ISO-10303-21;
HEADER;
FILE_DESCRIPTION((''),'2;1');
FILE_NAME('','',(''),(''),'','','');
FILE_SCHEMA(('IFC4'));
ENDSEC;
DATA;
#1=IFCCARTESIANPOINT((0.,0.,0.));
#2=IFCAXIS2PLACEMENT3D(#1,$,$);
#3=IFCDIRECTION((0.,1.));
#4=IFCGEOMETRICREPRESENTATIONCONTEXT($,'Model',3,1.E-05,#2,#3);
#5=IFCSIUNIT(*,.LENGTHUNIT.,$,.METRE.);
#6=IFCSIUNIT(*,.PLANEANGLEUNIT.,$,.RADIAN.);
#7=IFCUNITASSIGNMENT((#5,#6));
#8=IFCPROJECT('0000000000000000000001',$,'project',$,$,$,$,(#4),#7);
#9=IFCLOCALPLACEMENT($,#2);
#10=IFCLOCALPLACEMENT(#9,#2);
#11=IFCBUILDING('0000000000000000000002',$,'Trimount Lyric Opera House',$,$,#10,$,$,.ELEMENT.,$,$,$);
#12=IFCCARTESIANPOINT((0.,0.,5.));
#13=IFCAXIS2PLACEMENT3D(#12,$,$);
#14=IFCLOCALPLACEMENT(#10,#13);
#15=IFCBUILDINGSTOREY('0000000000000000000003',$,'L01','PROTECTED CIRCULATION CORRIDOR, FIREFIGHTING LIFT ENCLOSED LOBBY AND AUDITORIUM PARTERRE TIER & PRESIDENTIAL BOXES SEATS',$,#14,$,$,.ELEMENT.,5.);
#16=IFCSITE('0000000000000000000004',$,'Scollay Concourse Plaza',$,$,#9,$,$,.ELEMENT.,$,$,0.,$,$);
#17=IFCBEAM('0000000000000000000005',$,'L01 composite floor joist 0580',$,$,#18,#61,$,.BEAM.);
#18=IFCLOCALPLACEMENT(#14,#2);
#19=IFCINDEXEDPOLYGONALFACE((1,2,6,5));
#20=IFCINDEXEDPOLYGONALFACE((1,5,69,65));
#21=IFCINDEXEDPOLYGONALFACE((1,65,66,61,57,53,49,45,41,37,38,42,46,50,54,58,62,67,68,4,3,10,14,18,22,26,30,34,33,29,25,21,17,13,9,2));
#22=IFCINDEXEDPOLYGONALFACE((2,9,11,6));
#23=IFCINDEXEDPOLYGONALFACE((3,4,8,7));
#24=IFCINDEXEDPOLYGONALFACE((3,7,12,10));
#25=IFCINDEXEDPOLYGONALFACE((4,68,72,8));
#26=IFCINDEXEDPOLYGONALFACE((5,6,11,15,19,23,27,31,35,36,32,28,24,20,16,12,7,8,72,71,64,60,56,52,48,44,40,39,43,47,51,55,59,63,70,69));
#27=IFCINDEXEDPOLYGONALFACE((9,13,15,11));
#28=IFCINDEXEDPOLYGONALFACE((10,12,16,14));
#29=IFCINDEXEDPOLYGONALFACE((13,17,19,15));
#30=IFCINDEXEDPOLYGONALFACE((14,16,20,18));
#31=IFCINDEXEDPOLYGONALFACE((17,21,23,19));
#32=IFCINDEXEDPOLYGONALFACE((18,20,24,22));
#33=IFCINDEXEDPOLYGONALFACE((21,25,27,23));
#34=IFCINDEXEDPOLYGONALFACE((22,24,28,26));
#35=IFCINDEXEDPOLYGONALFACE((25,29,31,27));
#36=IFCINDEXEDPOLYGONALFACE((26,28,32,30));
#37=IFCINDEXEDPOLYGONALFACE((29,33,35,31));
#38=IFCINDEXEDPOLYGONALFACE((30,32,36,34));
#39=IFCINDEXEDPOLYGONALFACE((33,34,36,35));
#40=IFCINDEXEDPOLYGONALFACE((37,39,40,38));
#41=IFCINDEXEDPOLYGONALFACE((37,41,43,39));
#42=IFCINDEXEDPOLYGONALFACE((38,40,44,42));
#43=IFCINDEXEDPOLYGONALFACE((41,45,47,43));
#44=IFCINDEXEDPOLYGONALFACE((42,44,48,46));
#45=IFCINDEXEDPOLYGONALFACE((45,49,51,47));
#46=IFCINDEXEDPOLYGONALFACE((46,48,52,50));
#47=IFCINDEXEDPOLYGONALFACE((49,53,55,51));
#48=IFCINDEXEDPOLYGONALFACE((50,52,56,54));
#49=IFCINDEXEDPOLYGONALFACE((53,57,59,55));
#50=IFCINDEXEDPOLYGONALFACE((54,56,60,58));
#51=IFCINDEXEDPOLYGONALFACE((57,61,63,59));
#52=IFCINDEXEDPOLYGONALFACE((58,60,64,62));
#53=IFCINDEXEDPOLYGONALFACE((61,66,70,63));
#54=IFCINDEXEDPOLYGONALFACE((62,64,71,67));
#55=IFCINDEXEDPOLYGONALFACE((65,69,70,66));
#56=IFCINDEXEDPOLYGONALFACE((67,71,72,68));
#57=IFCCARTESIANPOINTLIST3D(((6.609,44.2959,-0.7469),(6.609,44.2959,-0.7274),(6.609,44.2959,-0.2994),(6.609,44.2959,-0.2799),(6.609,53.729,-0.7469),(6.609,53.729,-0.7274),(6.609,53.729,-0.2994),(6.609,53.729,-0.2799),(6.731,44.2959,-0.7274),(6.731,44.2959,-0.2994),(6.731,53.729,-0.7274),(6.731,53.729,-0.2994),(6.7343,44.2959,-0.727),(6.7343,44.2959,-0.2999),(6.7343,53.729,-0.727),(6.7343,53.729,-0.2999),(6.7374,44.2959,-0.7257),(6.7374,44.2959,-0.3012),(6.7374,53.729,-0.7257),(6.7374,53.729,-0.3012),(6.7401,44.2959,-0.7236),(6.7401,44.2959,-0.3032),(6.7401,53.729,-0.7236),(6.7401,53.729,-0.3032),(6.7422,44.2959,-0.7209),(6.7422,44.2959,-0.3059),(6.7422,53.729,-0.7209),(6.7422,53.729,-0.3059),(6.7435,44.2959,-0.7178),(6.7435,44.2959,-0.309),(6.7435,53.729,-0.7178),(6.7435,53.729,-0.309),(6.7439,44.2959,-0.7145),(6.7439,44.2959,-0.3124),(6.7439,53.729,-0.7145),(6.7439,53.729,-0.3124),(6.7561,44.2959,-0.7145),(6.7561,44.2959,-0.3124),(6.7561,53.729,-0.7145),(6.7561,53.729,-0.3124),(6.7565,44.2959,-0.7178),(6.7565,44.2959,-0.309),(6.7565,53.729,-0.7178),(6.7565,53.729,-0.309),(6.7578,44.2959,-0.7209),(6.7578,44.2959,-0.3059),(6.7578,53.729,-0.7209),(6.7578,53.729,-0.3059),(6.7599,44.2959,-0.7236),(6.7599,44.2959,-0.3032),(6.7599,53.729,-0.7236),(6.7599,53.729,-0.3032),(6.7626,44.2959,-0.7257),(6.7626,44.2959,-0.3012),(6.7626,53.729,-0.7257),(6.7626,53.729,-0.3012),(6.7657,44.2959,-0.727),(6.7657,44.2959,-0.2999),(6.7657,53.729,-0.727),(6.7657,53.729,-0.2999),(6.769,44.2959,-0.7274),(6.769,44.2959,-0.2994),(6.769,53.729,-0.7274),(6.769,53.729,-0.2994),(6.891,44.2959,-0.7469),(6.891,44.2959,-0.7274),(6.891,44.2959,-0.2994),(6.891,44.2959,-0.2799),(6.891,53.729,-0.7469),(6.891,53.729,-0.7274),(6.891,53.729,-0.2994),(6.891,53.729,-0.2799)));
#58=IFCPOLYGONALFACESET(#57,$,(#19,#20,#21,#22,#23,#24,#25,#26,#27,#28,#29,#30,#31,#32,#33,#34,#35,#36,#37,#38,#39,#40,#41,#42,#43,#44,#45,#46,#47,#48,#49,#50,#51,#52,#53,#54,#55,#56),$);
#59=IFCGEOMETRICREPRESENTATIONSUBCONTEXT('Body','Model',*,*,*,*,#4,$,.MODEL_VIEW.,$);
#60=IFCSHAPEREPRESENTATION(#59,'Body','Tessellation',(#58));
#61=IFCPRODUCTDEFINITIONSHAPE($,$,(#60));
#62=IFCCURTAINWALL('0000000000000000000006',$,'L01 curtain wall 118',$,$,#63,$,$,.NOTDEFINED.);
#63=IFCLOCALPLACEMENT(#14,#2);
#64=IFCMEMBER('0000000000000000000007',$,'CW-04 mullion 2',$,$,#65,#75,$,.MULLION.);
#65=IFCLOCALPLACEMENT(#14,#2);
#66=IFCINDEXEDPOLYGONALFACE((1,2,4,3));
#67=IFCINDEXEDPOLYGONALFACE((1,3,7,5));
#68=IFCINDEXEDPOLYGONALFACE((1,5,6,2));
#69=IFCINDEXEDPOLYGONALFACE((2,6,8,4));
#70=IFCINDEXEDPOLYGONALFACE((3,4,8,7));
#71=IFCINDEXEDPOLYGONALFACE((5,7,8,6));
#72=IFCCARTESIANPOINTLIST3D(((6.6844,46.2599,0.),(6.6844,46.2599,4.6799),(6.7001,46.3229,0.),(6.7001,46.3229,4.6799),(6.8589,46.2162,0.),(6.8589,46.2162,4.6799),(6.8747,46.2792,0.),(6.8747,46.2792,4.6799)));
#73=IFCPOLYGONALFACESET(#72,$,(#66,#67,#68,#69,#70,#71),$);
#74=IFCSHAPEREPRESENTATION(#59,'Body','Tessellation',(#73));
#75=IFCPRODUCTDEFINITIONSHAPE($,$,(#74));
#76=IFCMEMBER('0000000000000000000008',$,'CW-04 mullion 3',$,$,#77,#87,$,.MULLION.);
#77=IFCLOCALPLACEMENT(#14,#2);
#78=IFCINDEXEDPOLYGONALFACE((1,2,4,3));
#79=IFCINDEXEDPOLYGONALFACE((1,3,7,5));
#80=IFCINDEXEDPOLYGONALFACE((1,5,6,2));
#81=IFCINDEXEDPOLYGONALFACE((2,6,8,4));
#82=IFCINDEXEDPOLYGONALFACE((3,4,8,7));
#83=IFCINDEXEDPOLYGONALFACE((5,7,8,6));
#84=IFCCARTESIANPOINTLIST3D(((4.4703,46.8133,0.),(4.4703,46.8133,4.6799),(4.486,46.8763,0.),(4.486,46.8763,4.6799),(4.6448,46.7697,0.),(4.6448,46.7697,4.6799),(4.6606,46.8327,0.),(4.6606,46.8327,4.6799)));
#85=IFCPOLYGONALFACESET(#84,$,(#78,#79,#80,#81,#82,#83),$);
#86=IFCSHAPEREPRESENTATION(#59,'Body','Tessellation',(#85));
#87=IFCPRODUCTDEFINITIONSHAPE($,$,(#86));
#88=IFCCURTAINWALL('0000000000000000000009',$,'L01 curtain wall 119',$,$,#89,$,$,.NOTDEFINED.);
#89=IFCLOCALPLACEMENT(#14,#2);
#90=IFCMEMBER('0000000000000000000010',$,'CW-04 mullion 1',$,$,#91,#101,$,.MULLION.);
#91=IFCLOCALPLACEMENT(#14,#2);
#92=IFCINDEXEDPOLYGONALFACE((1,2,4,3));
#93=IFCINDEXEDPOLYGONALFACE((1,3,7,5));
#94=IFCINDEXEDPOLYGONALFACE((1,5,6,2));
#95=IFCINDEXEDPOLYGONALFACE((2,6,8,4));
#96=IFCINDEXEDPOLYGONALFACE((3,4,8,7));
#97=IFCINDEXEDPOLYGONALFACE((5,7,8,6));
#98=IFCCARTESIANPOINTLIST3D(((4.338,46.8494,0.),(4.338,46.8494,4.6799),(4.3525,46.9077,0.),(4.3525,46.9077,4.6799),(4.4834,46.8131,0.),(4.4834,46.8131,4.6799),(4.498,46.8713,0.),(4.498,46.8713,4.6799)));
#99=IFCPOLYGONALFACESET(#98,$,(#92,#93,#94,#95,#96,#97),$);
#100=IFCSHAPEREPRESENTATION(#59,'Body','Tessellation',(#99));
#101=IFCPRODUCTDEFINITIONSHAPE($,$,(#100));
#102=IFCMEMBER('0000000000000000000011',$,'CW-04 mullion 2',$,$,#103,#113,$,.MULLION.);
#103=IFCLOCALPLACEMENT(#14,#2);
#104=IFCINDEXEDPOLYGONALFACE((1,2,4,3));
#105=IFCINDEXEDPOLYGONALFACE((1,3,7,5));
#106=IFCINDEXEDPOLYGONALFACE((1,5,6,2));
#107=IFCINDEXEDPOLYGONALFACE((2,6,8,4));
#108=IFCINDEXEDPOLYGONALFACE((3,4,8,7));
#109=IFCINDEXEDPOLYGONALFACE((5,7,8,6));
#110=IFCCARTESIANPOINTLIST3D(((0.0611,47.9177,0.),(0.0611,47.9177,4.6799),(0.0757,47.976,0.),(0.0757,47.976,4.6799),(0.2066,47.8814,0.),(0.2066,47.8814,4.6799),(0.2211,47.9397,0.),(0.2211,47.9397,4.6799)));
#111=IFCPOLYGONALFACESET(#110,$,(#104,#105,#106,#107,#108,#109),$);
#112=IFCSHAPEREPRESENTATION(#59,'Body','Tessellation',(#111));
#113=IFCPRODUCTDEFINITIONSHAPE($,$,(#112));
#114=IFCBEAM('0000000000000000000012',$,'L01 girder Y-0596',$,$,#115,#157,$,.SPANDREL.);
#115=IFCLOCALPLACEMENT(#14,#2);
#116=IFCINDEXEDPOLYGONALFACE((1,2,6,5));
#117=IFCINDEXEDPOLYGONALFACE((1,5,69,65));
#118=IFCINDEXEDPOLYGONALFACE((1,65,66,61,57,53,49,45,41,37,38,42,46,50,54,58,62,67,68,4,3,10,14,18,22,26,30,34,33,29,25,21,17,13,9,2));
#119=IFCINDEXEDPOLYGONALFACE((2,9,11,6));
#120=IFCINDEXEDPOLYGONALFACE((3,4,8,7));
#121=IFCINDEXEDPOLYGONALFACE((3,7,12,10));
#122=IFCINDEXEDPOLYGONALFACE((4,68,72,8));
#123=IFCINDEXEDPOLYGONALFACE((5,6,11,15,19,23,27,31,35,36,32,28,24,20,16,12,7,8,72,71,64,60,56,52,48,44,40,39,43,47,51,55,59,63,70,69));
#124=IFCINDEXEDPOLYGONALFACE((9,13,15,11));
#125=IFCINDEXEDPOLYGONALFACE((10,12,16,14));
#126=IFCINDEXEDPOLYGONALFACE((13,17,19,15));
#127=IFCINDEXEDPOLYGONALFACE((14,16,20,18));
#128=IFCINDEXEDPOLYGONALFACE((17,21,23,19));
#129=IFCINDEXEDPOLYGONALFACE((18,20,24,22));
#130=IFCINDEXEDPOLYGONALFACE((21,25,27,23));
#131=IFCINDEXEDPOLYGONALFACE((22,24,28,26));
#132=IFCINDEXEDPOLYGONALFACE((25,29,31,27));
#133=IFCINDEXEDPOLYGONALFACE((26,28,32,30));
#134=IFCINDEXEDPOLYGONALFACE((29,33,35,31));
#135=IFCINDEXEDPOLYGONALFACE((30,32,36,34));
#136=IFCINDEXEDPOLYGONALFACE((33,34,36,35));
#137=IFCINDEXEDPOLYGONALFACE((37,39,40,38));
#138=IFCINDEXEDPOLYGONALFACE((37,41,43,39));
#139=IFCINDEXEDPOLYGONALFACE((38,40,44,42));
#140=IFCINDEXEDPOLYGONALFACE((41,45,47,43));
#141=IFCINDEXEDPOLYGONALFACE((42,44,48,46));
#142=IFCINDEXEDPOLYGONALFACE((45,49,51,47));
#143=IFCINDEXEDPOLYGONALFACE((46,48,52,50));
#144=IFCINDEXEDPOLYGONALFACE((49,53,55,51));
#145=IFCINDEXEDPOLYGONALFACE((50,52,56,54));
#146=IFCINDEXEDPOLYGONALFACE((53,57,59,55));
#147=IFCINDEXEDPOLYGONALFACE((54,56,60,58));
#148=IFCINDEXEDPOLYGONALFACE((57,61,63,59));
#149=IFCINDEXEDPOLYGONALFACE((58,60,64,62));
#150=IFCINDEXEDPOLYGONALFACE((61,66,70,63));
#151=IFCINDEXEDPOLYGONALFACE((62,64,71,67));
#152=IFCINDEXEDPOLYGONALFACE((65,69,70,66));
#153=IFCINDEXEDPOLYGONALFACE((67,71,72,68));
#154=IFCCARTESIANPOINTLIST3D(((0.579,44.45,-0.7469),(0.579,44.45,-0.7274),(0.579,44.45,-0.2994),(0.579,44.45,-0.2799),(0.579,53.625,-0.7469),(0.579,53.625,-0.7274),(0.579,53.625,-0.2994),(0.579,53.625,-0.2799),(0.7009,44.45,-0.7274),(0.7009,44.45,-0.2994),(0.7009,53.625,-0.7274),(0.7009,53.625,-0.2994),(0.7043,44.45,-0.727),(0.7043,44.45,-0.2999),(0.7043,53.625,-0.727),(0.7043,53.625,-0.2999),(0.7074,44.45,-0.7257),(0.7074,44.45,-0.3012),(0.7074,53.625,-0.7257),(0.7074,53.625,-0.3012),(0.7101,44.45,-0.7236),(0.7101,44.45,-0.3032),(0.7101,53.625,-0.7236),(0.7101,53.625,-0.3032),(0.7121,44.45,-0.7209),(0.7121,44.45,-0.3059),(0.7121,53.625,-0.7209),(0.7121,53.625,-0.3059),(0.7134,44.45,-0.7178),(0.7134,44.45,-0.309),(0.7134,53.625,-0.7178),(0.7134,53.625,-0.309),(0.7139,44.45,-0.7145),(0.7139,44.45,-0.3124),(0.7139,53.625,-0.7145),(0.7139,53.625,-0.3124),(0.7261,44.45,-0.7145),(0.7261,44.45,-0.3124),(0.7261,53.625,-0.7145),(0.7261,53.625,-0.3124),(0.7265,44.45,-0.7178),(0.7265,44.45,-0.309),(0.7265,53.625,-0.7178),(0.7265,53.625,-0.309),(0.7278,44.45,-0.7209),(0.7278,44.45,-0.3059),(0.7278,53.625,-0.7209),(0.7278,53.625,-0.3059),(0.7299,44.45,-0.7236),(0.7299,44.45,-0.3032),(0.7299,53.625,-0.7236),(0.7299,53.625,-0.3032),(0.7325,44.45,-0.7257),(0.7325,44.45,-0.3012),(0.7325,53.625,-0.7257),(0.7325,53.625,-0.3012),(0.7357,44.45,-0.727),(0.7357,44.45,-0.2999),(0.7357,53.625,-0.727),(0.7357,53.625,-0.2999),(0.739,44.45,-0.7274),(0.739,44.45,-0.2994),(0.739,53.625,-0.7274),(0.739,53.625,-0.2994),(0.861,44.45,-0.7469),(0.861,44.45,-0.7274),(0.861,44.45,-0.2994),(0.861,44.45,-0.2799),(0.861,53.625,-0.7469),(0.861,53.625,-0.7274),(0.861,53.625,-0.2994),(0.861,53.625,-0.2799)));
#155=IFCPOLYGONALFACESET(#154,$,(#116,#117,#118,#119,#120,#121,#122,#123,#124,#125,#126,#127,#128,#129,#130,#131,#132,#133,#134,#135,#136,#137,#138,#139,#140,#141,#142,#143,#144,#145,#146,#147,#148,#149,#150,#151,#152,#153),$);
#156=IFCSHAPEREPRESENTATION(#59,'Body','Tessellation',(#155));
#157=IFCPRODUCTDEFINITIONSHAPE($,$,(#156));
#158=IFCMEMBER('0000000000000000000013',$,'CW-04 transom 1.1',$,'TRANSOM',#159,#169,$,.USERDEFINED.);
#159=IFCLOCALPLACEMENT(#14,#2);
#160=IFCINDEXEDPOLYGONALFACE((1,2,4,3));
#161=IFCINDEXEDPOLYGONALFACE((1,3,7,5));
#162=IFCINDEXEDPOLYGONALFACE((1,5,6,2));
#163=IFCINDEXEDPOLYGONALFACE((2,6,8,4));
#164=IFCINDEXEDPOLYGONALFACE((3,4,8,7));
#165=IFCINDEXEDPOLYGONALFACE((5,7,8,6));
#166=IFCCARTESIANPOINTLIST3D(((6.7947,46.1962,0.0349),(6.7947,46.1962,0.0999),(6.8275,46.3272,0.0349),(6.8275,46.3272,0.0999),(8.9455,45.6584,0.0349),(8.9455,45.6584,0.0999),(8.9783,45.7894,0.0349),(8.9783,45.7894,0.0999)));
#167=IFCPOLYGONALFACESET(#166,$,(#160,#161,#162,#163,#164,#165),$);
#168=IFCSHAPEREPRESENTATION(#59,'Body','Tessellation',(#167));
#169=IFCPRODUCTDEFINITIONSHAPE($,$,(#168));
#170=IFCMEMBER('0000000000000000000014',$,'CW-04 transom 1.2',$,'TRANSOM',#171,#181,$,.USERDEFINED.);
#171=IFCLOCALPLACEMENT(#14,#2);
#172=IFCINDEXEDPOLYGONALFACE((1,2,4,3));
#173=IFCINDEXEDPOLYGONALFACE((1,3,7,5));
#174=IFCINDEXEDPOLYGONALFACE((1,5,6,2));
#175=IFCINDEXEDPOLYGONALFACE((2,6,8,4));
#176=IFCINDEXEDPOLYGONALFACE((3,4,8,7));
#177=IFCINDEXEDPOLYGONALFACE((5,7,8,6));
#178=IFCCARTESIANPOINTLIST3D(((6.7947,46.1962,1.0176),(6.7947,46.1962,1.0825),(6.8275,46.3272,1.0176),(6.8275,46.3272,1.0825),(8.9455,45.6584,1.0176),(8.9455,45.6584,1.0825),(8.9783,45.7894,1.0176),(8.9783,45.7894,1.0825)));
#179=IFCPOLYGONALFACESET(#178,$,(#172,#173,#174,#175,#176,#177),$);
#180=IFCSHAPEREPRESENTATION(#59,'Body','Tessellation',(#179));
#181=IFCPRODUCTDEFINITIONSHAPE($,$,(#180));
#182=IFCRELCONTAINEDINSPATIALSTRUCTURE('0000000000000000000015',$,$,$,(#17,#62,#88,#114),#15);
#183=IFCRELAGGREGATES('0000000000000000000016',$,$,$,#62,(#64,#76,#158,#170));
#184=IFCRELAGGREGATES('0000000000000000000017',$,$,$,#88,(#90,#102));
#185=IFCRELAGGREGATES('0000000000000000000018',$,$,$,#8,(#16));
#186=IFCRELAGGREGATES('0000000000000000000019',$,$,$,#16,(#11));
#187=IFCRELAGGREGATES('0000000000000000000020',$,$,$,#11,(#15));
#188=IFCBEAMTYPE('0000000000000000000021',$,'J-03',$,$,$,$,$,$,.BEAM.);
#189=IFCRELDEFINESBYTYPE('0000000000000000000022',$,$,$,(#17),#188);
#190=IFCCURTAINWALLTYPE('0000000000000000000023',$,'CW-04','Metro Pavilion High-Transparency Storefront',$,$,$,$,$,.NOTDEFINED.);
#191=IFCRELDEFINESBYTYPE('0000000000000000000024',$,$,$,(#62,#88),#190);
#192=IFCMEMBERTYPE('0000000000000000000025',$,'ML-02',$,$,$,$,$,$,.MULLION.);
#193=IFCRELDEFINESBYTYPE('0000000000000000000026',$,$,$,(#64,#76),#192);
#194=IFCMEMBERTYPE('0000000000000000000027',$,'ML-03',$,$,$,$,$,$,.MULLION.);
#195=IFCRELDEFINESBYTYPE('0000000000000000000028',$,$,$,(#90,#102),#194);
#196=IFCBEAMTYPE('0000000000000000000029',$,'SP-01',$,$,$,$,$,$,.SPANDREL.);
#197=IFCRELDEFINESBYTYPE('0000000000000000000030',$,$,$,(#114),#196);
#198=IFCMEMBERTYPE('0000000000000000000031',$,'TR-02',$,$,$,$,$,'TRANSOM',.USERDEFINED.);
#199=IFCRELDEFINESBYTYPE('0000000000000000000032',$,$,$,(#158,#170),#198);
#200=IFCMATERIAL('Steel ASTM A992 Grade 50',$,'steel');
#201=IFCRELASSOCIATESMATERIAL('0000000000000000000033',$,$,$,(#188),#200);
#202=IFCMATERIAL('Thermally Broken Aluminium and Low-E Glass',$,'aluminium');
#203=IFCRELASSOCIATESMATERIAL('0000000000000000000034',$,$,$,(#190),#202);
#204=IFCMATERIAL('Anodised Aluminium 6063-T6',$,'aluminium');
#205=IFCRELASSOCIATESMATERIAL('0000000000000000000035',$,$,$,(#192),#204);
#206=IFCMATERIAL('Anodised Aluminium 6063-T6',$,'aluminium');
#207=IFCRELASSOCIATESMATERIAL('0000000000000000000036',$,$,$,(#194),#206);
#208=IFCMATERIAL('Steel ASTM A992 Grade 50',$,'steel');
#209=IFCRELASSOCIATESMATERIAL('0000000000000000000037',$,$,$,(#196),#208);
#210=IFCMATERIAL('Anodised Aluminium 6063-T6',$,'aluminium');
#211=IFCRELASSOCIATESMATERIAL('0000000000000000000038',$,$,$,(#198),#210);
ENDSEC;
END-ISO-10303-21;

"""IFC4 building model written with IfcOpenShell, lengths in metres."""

from ifc_helpers import new_model, si_unit, direction, frame, origin, origin_2d, place, context, subcontext, project, spatial, rectangle, i_section, extrude, material, material_profile, profile_set, type_object, element, aggregate, save


model = new_model("IFC4")

# Units and contexts
model_context = context("Model", 3, precision=1e-05, world=origin(), true_north=direction((0.0, 1.0)))
body_context = subcontext(model_context, "Body", "Model", "MODEL_VIEW")
ifc_project = project(units=[si_unit("LENGTHUNIT", "METRE"), si_unit("PLANEANGLEUNIT", "RADIAN")], contexts=[model_context])

# Site, building, storey
site_placement = place(None, origin())
site = spatial("IfcSite", under=ifc_project, at=site_placement, Name="Scollay Concourse Plaza", CompositionType="ELEMENT", RefElevation=0.0)
building_placement = place(site_placement, origin())
building = spatial("IfcBuilding", under=site, at=building_placement, Name="Trimount Lyric Opera House", CompositionType="ELEMENT")
storey_placement = place(building_placement, frame((0.0, 0.0, 5.0)))
storey = spatial("IfcBuildingStorey", under=building, at=storey_placement, Name="L01", Description="PROTECTED CIRCULATION CORRIDOR, FIREFIGHTING LIFT ENCLOSED LOBBY AND AUDITORIUM PARTERRE TIER & PRESIDENTIAL BOXES SEATS", CompositionType="ELEMENT", Elevation=5.0)

# Beam
ifc_material_1 = material(Name="Steel ASTM A992 Grade 50", Category="steel")
ifc_material_profile_1 = material_profile(ifc_material_1, i_section(OverallWidth=0.282, OverallDepth=0.467, WebThickness=0.0122, FlangeThickness=0.0195, FilletRadius=0.0129, at=origin_2d()), Name="W18X86")
ifc_profile_set_1 = profile_set([ifc_material_profile_1], Name="Steel ASTM A992 Grade 50")
beam_type_1 = type_object("IfcBeamType", Name="J-03", PredefinedType="BEAM", material=ifc_profile_set_1)
beam_1_placement = place(storey_placement, frame((6.75, 44.2959, -0.5134), z_axis=(0.0, 1.0, 0.0), x_axis=(-1.0, 0.0, 0.0)))
element("IfcBeam", 1, at=beam_1_placement, inside=storey, type_object=beam_type_1, Name="L01 composite floor joist 0580", PredefinedType="BEAM", context=body_context, shape_type="SweptSolid", body=[
    extrude(i_section(OverallWidth=0.282, OverallDepth=0.467, WebThickness=0.0122, FlangeThickness=0.0195, FilletRadius=0.0129, at=origin_2d()), origin(), (0.0, 0.0, 1.0), 9.4331),
])

# Curtain walls, members
ifc_material_2 = material(Name="Thermally Broken Aluminium and Low-E Glass", Category="aluminium")
curtain_wall_type = type_object("IfcCurtainWallType", Name="CW-04", Description="Metro Pavilion High-Transparency Storefront", PredefinedType="NOTDEFINED", material=ifc_material_2)
curtain_wall_1_placement = place(storey_placement, origin())
curtain_wall_1 = element("IfcCurtainWall", 2, at=curtain_wall_1_placement, inside=storey, type_object=curtain_wall_type, Name="L01 curtain wall 118", PredefinedType="NOTDEFINED")
ifc_material_3 = material(Name="Anodised Aluminium 6063-T6", Category="aluminium")
ifc_material_profile_2 = material_profile(ifc_material_3, rectangle(XDim=0.0649, YDim=0.1799, at=origin_2d()), Name="ALU-MULL-65X180")
ifc_profile_set_2 = profile_set([ifc_material_profile_2], Name="Anodised Aluminium 6063-T6")
member_type_1 = type_object("IfcMemberType", Name="ML-02", PredefinedType="MULLION", material=ifc_profile_set_2)
member_1_placement = place(storey_placement, frame((6.7795, 46.2695, 0.0), z_axis=(0.0, 0.0, 1.0), x_axis=(-0.242586, -0.97013, 0.0)))
member_1 = element("IfcMember", 3, at=member_1_placement, type_object=member_type_1, Name="CW-04 mullion 2", PredefinedType="MULLION", context=body_context, shape_type="SweptSolid", body=[
    extrude(rectangle(XDim=0.0649, YDim=0.1799, at=origin_2d()), origin(), (0.0, 0.0, 1.0), 4.6799),
])
member_2_placement = place(storey_placement, frame((4.5654, 46.823, 0.0), z_axis=(0.0, 0.0, 1.0), x_axis=(-0.242586, -0.97013, 0.0)))
member_2 = element("IfcMember", 4, at=member_2_placement, type_object=member_type_1, Name="CW-04 mullion 3", PredefinedType="MULLION", context=body_context, shape_type="SweptSolid", body=[
    extrude(rectangle(XDim=0.0649, YDim=0.1799, at=origin_2d()), origin(), (0.0, 0.0, 1.0), 4.6799),
])
curtain_wall_2_placement = place(storey_placement, origin())
curtain_wall_2 = element("IfcCurtainWall", 5, at=curtain_wall_2_placement, inside=storey, type_object=curtain_wall_type, Name="L01 curtain wall 119", PredefinedType="NOTDEFINED")
ifc_material_4 = material(Name="Anodised Aluminium 6063-T6", Category="aluminium")
ifc_material_profile_3 = material_profile(ifc_material_4, rectangle(XDim=0.0601, YDim=0.1499, at=origin_2d()), Name="ALU-MULL-60X150")
ifc_profile_set_3 = profile_set([ifc_material_profile_3], Name="Anodised Aluminium 6063-T6")
member_type_2 = type_object("IfcMemberType", Name="ML-03", PredefinedType="MULLION", material=ifc_profile_set_3)
member_3_placement = place(storey_placement, frame((4.418, 46.8604, 0.0), z_axis=(0.0, 0.0, 1.0), x_axis=(-0.242378, -0.970182, 0.0)))
member_3 = element("IfcMember", 6, at=member_3_placement, type_object=member_type_2, Name="CW-04 mullion 1", PredefinedType="MULLION", context=body_context, shape_type="SweptSolid", body=[
    extrude(rectangle(XDim=0.0601, YDim=0.1499, at=origin_2d()), origin(), (0.0, 0.0, 1.0), 4.6799),
])
member_4_placement = place(storey_placement, frame((0.1411, 47.9287, 0.0), z_axis=(0.0, 0.0, 1.0), x_axis=(-0.242378, -0.970182, 0.0)))
member_4 = element("IfcMember", 7, at=member_4_placement, type_object=member_type_2, Name="CW-04 mullion 2", PredefinedType="MULLION", context=body_context, shape_type="SweptSolid", body=[
    extrude(rectangle(XDim=0.0601, YDim=0.1499, at=origin_2d()), origin(), (0.0, 0.0, 1.0), 4.6799),
])

# Beam
ifc_material_5 = material(Name="Steel ASTM A992 Grade 50", Category="steel")
ifc_material_profile_4 = material_profile(ifc_material_5, i_section(OverallWidth=0.282, OverallDepth=0.467, WebThickness=0.0122, FlangeThickness=0.0195, FilletRadius=0.0129, at=origin_2d()), Name="W18X86")
ifc_profile_set_4 = profile_set([ifc_material_profile_4], Name="Steel ASTM A992 Grade 50")
beam_type_2 = type_object("IfcBeamType", Name="SP-01", PredefinedType="SPANDREL", material=ifc_profile_set_4)
beam_2_placement = place(storey_placement, frame((0.72, 44.45, -0.5134), z_axis=(0.0, 1.0, 0.0), x_axis=(-1.0, 0.0, 0.0)))
element("IfcBeam", 8, at=beam_2_placement, inside=storey, type_object=beam_type_2, Name="L01 girder Y-0596", PredefinedType="SPANDREL", context=body_context, shape_type="SweptSolid", body=[
    extrude(i_section(OverallWidth=0.282, OverallDepth=0.467, WebThickness=0.0122, FlangeThickness=0.0195, FilletRadius=0.0129, at=origin_2d()), origin(), (0.0, 0.0, 1.0), 9.175),
])

# Members
ifc_material_6 = material(Name="Anodised Aluminium 6063-T6", Category="aluminium")
ifc_material_profile_5 = material_profile(ifc_material_6, rectangle(XDim=0.135, YDim=0.0649, at=origin_2d()), Name="ALU-TRAN-65X135")
ifc_profile_set_5 = profile_set([ifc_material_profile_5], Name="Anodised Aluminium 6063-T6")
member_type_3 = type_object("IfcMemberType", Name="TR-02", ElementType="TRANSOM", PredefinedType="USERDEFINED", material=ifc_profile_set_5)
member_5_placement = place(storey_placement, frame((8.9619, 45.7239, 0.0674), z_axis=(-0.97013, 0.242587, 0.0), x_axis=(-0.242587, -0.97013, 0.0)))
member_5 = element("IfcMember", 9, at=member_5_placement, type_object=member_type_3, Name="CW-04 transom 1.1", ObjectType="TRANSOM", PredefinedType="USERDEFINED", context=body_context, shape_type="SweptSolid", body=[
    extrude(rectangle(XDim=0.135, YDim=0.0649, at=origin_2d()), origin(), (0.0, 0.0, 1.0), 2.217),
])
member_6_placement = place(storey_placement, frame((8.9619, 45.7239, 1.05), z_axis=(-0.97013, 0.242587, 0.0), x_axis=(-0.242587, -0.97013, 0.0)))
member_6 = element("IfcMember", 10, at=member_6_placement, type_object=member_type_3, Name="CW-04 transom 1.2", ObjectType="TRANSOM", PredefinedType="USERDEFINED", context=body_context, shape_type="SweptSolid", body=[
    extrude(rectangle(XDim=0.135, YDim=0.0649, at=origin_2d()), origin(), (0.0, 0.0, 1.0), 2.217),
])

aggregate(curtain_wall_1, [member_1, member_2, member_5, member_6])
aggregate(curtain_wall_2, [member_3, member_4])

save(model, "model.ifc")
